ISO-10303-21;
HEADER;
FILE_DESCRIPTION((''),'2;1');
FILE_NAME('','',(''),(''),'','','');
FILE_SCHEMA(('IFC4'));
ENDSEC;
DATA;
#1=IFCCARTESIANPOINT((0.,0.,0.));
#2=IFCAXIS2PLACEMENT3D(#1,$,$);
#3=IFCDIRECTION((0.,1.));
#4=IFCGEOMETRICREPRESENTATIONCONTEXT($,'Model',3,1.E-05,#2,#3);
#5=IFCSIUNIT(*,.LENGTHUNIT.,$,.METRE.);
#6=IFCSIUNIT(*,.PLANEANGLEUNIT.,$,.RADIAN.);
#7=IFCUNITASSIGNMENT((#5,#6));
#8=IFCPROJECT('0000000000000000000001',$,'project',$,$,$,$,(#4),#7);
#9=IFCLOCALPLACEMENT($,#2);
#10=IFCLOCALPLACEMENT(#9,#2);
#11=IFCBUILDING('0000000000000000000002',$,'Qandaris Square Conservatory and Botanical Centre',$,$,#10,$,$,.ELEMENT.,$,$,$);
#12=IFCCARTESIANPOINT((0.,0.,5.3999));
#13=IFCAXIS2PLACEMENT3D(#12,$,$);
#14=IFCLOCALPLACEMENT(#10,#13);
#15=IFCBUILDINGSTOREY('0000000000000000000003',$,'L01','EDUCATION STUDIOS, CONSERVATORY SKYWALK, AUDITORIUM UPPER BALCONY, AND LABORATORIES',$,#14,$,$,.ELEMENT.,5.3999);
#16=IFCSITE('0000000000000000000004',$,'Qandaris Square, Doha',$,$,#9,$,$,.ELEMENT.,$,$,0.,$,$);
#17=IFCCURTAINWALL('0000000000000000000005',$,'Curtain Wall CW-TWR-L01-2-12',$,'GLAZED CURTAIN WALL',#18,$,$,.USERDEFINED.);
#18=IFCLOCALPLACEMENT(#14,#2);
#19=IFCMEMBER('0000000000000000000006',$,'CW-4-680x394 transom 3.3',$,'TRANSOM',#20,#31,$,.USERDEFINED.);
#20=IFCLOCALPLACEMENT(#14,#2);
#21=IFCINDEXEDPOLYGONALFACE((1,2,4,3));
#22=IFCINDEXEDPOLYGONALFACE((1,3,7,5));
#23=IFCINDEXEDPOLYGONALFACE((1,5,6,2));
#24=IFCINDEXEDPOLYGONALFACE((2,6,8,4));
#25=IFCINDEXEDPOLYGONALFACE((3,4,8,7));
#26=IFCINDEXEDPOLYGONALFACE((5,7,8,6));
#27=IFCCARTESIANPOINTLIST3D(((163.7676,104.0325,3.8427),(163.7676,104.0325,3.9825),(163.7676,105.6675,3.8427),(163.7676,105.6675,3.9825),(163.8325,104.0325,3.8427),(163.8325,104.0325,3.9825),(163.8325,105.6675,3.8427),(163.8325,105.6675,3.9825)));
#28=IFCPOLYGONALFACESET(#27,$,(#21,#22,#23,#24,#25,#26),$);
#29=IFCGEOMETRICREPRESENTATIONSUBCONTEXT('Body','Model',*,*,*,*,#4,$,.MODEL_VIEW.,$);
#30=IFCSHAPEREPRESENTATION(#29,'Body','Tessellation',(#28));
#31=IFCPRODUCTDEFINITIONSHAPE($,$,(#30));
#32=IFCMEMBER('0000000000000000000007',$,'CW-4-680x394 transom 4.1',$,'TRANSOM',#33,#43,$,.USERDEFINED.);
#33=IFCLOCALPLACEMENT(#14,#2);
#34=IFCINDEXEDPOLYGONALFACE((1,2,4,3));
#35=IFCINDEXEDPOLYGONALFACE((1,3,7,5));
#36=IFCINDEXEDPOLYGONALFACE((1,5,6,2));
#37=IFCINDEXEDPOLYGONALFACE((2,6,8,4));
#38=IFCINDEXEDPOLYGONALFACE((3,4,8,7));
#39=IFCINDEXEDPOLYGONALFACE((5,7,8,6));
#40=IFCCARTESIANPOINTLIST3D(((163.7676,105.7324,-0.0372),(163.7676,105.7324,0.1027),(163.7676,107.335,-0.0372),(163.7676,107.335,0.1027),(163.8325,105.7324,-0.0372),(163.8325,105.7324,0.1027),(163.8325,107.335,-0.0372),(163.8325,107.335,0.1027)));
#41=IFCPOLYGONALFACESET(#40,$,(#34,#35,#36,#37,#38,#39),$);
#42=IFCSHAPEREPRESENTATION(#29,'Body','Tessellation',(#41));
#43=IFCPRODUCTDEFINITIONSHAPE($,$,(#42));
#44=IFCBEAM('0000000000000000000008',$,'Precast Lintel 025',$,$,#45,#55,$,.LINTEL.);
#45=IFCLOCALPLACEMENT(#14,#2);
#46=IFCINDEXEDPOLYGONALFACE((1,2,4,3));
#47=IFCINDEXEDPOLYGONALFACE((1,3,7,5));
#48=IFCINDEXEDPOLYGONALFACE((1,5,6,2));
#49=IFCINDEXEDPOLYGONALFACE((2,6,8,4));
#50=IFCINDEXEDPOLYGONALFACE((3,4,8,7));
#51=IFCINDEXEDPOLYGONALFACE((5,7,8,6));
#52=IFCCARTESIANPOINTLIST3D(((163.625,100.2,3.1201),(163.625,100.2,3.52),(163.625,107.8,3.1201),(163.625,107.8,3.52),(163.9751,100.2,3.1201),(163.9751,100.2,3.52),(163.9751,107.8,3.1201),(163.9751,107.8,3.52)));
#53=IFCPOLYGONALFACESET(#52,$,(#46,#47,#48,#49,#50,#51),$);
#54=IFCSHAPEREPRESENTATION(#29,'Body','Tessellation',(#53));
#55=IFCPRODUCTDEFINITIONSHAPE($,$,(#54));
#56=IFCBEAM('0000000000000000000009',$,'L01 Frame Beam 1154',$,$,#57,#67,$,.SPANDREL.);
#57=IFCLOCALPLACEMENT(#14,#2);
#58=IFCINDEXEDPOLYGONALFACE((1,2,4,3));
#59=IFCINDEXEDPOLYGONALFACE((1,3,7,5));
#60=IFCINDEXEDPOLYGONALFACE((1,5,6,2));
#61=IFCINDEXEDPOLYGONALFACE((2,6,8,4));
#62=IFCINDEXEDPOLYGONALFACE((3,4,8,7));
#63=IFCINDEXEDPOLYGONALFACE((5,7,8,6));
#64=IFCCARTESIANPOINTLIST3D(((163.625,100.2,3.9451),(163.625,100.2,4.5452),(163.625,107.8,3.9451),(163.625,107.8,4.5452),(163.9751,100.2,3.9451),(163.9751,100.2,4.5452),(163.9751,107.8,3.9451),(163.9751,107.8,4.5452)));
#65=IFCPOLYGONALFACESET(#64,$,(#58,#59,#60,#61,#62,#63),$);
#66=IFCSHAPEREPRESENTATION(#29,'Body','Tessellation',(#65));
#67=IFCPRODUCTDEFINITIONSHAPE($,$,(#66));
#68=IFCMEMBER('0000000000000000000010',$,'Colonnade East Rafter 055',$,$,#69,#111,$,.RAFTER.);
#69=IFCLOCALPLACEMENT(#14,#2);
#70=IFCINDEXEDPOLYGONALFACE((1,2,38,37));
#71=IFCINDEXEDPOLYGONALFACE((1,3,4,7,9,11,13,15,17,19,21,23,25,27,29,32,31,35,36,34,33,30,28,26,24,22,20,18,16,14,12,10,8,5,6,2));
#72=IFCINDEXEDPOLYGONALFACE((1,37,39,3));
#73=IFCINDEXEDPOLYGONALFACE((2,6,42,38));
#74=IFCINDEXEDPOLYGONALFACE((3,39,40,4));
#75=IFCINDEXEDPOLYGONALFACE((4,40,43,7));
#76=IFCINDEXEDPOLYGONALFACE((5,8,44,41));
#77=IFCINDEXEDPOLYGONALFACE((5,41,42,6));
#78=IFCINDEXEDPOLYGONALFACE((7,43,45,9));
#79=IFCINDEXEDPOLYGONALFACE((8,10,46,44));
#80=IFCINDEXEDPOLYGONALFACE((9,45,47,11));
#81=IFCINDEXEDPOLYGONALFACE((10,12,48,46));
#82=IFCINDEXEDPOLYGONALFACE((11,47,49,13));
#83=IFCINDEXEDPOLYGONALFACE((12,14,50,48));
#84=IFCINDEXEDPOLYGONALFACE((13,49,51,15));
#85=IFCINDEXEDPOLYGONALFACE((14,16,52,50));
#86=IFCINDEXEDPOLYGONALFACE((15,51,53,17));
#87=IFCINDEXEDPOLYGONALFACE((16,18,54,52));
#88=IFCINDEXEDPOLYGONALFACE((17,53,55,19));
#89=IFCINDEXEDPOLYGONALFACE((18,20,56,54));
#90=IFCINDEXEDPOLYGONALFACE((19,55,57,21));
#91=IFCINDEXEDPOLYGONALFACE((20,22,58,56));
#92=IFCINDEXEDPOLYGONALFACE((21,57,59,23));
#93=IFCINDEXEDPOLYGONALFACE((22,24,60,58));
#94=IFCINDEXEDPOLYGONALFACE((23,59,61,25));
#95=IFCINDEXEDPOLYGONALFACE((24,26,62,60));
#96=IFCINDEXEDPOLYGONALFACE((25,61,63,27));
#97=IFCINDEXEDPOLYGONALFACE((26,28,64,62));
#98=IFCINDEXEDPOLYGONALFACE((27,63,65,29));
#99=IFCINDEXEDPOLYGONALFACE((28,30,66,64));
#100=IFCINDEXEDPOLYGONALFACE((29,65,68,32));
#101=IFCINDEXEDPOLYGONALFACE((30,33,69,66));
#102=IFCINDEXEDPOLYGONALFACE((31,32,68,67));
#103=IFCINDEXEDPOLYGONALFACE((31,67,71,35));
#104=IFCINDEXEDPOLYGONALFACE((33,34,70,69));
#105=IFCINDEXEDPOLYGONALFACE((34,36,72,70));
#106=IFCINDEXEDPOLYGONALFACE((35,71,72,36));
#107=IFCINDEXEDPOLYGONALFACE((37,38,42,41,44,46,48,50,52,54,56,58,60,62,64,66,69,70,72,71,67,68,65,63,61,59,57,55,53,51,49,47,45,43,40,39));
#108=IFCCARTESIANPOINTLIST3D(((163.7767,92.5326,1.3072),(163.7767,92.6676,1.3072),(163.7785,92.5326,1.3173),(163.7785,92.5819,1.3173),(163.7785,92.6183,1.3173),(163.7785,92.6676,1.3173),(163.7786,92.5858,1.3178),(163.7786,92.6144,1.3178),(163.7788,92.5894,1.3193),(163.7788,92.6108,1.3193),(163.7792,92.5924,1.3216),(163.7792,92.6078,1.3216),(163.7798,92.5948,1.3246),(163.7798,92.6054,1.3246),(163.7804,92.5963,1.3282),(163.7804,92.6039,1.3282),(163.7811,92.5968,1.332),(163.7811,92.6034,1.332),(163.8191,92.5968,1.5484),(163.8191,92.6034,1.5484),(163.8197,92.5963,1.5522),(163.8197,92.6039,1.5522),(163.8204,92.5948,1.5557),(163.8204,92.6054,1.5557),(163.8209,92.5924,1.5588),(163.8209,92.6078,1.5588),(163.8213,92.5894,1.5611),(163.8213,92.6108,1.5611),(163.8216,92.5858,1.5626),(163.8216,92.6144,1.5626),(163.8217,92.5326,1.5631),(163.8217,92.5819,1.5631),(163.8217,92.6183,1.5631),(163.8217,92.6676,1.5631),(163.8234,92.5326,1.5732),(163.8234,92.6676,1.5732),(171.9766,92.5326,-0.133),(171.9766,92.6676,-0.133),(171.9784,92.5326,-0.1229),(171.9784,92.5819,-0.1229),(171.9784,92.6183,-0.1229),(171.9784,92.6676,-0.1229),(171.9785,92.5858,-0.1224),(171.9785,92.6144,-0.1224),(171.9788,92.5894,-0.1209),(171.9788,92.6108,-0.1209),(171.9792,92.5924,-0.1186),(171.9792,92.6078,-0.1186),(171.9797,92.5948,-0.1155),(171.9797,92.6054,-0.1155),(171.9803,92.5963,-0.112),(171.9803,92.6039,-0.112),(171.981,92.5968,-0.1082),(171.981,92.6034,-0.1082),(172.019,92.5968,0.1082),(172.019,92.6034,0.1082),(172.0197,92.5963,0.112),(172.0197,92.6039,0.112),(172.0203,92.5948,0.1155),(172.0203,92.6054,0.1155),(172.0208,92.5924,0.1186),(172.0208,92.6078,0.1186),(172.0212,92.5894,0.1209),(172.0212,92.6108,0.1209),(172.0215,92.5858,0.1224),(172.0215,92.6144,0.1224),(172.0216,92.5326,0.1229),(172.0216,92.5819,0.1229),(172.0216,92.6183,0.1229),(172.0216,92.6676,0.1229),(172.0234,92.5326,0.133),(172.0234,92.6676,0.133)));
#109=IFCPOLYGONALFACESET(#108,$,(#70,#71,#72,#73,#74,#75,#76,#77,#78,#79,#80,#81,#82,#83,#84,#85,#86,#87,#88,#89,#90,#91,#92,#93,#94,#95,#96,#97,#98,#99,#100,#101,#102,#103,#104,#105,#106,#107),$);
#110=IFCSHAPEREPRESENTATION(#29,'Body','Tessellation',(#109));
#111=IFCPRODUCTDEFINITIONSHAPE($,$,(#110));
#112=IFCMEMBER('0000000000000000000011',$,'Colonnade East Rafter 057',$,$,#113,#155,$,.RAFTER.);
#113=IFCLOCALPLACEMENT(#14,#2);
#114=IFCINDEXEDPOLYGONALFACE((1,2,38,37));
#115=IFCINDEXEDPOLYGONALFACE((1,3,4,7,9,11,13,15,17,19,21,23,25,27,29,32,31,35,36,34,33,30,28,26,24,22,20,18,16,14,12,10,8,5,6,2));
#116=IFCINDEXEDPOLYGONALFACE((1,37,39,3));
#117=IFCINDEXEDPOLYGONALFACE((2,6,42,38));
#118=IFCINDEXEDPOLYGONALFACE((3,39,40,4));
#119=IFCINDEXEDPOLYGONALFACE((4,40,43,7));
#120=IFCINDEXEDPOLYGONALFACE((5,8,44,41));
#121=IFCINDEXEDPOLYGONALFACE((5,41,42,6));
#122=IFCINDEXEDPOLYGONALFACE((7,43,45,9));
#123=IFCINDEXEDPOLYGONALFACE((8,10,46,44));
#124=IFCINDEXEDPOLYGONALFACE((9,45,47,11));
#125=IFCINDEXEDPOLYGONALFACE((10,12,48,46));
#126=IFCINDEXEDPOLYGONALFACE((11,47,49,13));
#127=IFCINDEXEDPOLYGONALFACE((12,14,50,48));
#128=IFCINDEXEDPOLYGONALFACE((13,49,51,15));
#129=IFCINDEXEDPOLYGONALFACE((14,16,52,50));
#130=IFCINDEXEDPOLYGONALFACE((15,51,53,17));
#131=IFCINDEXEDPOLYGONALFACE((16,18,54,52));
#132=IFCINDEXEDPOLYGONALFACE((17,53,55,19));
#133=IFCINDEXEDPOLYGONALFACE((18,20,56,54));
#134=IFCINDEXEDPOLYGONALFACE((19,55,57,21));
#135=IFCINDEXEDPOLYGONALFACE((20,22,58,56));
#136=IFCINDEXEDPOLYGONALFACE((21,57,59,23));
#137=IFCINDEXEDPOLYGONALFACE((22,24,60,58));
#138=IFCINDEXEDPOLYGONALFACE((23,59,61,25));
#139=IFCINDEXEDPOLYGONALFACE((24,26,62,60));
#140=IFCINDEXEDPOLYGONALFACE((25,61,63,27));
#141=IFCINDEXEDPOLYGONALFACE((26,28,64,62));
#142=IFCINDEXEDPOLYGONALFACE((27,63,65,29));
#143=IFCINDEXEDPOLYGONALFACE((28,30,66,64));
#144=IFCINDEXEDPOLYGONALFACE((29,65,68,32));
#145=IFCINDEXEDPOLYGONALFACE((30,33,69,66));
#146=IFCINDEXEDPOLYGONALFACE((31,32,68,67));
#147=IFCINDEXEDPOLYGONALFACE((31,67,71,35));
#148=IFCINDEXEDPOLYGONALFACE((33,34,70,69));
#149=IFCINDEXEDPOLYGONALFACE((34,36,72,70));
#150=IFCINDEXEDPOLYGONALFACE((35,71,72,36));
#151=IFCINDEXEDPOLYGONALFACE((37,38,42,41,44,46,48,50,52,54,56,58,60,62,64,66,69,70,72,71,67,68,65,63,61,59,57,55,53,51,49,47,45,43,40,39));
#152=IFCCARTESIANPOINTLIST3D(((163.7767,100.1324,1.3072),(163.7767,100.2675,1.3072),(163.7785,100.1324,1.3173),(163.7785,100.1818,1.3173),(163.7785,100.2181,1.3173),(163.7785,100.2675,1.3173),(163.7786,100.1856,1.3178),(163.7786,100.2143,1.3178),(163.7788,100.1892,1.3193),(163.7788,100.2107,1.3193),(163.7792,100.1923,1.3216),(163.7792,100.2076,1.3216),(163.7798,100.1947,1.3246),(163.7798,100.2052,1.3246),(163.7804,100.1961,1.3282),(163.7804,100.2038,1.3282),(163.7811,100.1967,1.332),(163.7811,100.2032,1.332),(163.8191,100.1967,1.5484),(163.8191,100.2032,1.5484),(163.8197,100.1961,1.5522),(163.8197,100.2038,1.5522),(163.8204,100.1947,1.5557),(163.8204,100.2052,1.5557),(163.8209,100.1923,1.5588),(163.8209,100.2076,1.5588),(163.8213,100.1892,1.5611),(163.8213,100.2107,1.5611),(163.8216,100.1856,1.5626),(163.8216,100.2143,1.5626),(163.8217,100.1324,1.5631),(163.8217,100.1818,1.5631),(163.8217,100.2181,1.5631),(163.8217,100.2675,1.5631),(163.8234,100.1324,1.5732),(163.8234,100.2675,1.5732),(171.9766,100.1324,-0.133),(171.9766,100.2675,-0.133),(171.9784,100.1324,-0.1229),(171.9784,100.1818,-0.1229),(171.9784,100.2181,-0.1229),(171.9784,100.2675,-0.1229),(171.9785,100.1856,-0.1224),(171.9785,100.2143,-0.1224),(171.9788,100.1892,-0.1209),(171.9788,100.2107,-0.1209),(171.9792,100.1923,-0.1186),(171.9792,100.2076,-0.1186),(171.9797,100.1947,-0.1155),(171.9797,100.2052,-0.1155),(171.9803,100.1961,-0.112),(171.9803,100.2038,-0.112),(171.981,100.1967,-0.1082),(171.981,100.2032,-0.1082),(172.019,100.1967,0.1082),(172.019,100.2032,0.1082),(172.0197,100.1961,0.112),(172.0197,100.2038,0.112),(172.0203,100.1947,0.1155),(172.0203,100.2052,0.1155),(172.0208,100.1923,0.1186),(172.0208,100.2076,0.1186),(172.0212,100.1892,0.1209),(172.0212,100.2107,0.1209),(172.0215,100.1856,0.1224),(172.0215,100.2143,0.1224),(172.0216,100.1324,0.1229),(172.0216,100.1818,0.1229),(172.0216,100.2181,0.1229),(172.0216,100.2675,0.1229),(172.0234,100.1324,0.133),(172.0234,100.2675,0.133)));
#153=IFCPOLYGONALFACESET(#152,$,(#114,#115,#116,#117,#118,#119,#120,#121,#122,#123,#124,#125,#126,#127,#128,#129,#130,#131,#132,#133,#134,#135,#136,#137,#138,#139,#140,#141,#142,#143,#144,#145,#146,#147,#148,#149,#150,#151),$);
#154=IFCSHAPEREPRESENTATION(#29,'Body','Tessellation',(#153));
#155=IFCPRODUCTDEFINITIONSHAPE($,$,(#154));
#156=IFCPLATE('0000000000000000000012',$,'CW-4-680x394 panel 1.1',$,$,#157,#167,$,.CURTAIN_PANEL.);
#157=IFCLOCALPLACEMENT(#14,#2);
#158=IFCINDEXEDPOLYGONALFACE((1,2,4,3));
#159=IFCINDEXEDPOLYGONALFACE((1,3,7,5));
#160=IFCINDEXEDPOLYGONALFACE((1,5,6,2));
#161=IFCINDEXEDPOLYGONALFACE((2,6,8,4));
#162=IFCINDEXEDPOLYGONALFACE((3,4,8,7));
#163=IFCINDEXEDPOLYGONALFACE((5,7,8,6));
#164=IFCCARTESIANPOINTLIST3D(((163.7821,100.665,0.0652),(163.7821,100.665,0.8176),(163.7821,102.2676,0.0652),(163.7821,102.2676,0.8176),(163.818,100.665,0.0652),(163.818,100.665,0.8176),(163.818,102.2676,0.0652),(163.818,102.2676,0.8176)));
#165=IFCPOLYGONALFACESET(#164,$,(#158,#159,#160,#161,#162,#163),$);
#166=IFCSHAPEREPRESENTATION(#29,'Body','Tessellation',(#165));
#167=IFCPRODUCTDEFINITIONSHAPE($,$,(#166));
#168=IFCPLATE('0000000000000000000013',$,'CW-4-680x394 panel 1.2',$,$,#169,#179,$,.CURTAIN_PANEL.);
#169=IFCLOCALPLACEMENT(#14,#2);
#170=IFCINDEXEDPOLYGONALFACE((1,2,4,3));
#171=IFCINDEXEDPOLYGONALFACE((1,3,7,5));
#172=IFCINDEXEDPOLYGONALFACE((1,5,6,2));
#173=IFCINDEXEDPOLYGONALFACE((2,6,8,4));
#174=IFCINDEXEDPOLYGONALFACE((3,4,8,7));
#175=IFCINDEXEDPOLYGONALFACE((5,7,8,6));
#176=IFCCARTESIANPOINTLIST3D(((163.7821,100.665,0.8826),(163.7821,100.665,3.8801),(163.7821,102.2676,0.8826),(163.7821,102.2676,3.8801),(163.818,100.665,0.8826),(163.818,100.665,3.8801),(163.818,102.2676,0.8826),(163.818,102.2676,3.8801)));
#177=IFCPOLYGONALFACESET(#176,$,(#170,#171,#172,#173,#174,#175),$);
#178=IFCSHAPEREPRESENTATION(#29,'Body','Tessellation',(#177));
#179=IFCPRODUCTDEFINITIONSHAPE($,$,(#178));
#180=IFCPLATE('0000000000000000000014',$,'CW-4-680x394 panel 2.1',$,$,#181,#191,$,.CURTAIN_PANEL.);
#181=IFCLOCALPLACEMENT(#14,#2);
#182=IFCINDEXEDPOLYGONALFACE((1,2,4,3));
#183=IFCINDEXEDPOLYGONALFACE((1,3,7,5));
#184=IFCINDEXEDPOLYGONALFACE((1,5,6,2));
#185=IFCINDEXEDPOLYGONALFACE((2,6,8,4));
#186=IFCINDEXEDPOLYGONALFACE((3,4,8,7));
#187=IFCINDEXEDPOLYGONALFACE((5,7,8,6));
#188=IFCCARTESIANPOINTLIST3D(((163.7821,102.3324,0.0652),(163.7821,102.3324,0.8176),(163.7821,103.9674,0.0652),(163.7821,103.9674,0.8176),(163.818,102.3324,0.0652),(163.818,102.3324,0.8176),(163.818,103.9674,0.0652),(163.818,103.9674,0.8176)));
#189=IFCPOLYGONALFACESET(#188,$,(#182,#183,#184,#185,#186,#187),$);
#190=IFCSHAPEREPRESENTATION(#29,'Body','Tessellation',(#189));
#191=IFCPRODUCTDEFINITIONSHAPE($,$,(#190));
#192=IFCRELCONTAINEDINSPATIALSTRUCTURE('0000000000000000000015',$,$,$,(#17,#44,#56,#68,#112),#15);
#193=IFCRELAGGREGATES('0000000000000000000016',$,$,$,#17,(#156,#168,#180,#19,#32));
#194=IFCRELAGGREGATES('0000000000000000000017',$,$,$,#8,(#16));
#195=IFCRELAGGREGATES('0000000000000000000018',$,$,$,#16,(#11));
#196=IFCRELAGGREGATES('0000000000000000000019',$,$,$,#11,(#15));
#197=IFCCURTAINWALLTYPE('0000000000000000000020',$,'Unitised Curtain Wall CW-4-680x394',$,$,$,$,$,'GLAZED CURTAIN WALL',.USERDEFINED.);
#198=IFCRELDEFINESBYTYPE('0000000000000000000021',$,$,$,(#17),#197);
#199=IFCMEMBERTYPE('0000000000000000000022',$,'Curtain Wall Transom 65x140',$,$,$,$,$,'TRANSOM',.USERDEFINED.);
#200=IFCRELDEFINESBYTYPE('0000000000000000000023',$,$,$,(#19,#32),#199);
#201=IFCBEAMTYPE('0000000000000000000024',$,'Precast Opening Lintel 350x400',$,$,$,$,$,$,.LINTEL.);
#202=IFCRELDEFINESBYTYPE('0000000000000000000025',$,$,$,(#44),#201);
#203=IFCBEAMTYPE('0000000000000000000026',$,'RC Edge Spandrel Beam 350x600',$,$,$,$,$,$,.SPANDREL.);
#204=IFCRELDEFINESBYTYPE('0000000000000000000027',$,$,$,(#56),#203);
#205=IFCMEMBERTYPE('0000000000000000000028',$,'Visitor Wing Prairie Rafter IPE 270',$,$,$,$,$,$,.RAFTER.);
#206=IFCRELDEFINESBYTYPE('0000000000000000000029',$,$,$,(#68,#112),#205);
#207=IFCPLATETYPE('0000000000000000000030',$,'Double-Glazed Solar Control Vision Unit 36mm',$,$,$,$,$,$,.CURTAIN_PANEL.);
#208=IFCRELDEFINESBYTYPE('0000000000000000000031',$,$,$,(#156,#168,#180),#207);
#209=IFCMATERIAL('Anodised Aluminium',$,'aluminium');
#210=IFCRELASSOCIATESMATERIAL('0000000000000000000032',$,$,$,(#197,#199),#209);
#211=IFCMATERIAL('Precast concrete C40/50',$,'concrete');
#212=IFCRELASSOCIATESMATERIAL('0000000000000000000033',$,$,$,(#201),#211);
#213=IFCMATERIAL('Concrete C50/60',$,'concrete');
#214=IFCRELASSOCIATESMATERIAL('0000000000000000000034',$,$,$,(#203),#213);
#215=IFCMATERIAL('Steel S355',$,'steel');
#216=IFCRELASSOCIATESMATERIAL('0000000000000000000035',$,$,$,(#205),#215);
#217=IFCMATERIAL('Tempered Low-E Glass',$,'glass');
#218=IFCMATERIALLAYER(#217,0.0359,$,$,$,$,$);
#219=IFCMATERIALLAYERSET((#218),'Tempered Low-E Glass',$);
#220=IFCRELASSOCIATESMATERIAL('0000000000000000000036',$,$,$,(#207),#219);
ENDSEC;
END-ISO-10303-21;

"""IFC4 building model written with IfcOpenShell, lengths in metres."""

from ifc_helpers import new_model, si_unit, direction, frame, origin, origin_2d, place, context, subcontext, project, spatial, rectangle, i_section, extrude, material, layer, layer_set, material_profile, profile_set, type_object, element, aggregate, save


model = new_model("IFC4")

# Units and contexts
model_context = context("Model", 3, precision=1e-05, world=origin(), true_north=direction((0.0, 1.0)))
body_context = subcontext(model_context, "Body", "Model", "MODEL_VIEW")
ifc_project = project(units=[si_unit("LENGTHUNIT", "METRE"), si_unit("PLANEANGLEUNIT", "RADIAN")], contexts=[model_context])

# Site, building, storey
site_placement = place(None, origin())
site = spatial("IfcSite", under=ifc_project, at=site_placement, Name="Qandaris Square, Doha", CompositionType="ELEMENT", RefElevation=0.0)
building_placement = place(site_placement, origin())
building = spatial("IfcBuilding", under=site, at=building_placement, Name="Qandaris Square Conservatory and Botanical Centre", CompositionType="ELEMENT")
storey_placement = place(building_placement, frame((0.0, 0.0, 5.3999)))
storey = spatial("IfcBuildingStorey", under=building, at=storey_placement, Name="L01", Description="EDUCATION STUDIOS, CONSERVATORY SKYWALK, AUDITORIUM UPPER BALCONY, AND LABORATORIES", CompositionType="ELEMENT", Elevation=5.3999)

# Shared definitions
ifc_material_1 = material(Name="Concrete C50/60", Category="concrete")

# Curtain wall, members
ifc_material_2 = material(Name="Anodised Aluminium", Category="aluminium")
curtain_wall_type = type_object("IfcCurtainWallType", Name="Unitised Curtain Wall CW-4-680x394", ElementType="GLAZED CURTAIN WALL", PredefinedType="USERDEFINED", material=ifc_material_2)
curtain_wall_placement = place(storey_placement, origin())
curtain_wall = element("IfcCurtainWall", 1, at=curtain_wall_placement, inside=storey, type_object=curtain_wall_type, Name="Curtain Wall CW-TWR-L01-2-12", ObjectType="GLAZED CURTAIN WALL", PredefinedType="USERDEFINED")
ifc_material_profile_1 = material_profile(ifc_material_2, rectangle(XDim=0.0649, YDim=0.1399, at=origin_2d()), Name="ALU-TRN 65x140")
ifc_profile_set_1 = profile_set([ifc_material_profile_1], Name="Anodised Aluminium")
member_type_1 = type_object("IfcMemberType", Name="Curtain Wall Transom 65x140", ElementType="TRANSOM", PredefinedType="USERDEFINED", material=ifc_profile_set_1)
member_1_placement = place(storey_placement, frame((163.8, 104.0325, 3.9126), z_axis=(0.0, 1.0, 0.0), x_axis=(-1.0, 0.0, 0.0)))
member_1 = element("IfcMember", 2, at=member_1_placement, type_object=member_type_1, Name="CW-4-680x394 transom 3.3", ObjectType="TRANSOM", PredefinedType="USERDEFINED", context=body_context, shape_type="SweptSolid", body=[
    extrude(rectangle(XDim=0.0649, YDim=0.1399, at=origin_2d()), origin(), (0.0, 0.0, 1.0), 1.635),
])
member_2_placement = place(storey_placement, frame((163.8, 105.7324, 0.0327), z_axis=(0.0, 1.0, 0.0), x_axis=(-1.0, 0.0, 0.0)))
member_2 = element("IfcMember", 3, at=member_2_placement, type_object=member_type_1, Name="CW-4-680x394 transom 4.1", ObjectType="TRANSOM", PredefinedType="USERDEFINED", context=body_context, shape_type="SweptSolid", body=[
    extrude(rectangle(XDim=0.0649, YDim=0.1399, at=origin_2d()), origin(), (0.0, 0.0, 1.0), 1.6025),
])

# Beams
ifc_material_3 = material(Name="Precast concrete C40/50", Category="concrete")
ifc_material_profile_2 = material_profile(ifc_material_3, rectangle(XDim=0.3501, YDim=0.3999, at=origin_2d()), Name="RC-LN 350x400")
ifc_profile_set_2 = profile_set([ifc_material_profile_2], Name="Precast concrete C40/50")
beam_type_1 = type_object("IfcBeamType", Name="Precast Opening Lintel 350x400", PredefinedType="LINTEL", material=ifc_profile_set_2)
beam_1_placement = place(storey_placement, frame((163.8, 100.2, 3.3201), z_axis=(0.0, 1.0, 0.0), x_axis=(-1.0, 0.0, 0.0)))
element("IfcBeam", 4, at=beam_1_placement, inside=storey, type_object=beam_type_1, Name="Precast Lintel 025", PredefinedType="LINTEL", context=body_context, shape_type="SweptSolid", body=[
    extrude(rectangle(XDim=0.3501, YDim=0.3999, at=origin_2d()), origin(), (0.0, 0.0, 1.0), 7.6001),
])
ifc_material_profile_3 = material_profile(ifc_material_1, rectangle(XDim=0.3501, YDim=0.6001, at=origin_2d()), Name="RC-SP 350x600")
ifc_profile_set_3 = profile_set([ifc_material_profile_3], Name="Concrete C50/60")
beam_type_2 = type_object("IfcBeamType", Name="RC Edge Spandrel Beam 350x600", PredefinedType="SPANDREL", material=ifc_profile_set_3)
beam_2_placement = place(storey_placement, frame((163.8, 100.2, 4.2451), z_axis=(0.0, 1.0, 0.0), x_axis=(-1.0, 0.0, 0.0)))
element("IfcBeam", 5, at=beam_2_placement, inside=storey, type_object=beam_type_2, Name="L01 Frame Beam 1154", PredefinedType="SPANDREL", context=body_context, shape_type="SweptSolid", body=[
    extrude(rectangle(XDim=0.3501, YDim=0.6001, at=origin_2d()), origin(), (0.0, 0.0, 1.0), 7.6001),
])

# Members
ifc_material_4 = material(Name="Steel S355", Category="steel")
ifc_material_profile_4 = material_profile(ifc_material_4, i_section(OverallWidth=0.135, OverallDepth=0.27, WebThickness=0.0066, FlangeThickness=0.0103, FilletRadius=0.0149, at=origin_2d()), Name="IPE 270")
ifc_profile_set_4 = profile_set([ifc_material_profile_4], Name="Steel S355")
member_type_2 = type_object("IfcMemberType", Name="Visitor Wing Prairie Rafter IPE 270", PredefinedType="RAFTER", material=ifc_profile_set_4)
for number, where, z_axis, x_axis, name in (
    (6, (172.0, 92.6001, 0.0), (-0.984924, 0.0, 0.172986), (0.0, -1.0, 0.0), "Colonnade East Rafter 055"),
    (7, (172.0, 100.2, 0.0), (-0.984924, 0.0, 0.172986), (0.0, -1.0, 0.0), "Colonnade East Rafter 057"),
):
    element("IfcMember", number, at=place(storey_placement, frame(where, z_axis=z_axis, x_axis=x_axis)), inside=storey, type_object=member_type_2, Name=name, PredefinedType="RAFTER", context=body_context, shape_type="SweptSolid", body=[
        extrude(i_section(OverallWidth=0.135, OverallDepth=0.27, WebThickness=0.0066, FlangeThickness=0.0103, FilletRadius=0.0149, at=origin_2d()), origin(), (0.0, 0.0, 1.0), 8.3254),
    ])

# Plates
ifc_material_5 = material(Name="Tempered Low-E Glass", Category="glass")
ifc_layer_1 = layer(ifc_material_5, 0.0359)
ifc_layer_set_1 = layer_set([ifc_layer_1], Name="Tempered Low-E Glass")
plate_type_1 = type_object("IfcPlateType", Name="Double-Glazed Solar Control Vision Unit 36mm", PredefinedType="CURTAIN_PANEL", material=ifc_layer_set_1)
plate_1_placement = place(storey_placement, frame((163.8, 101.4663, 0.0652), z_axis=(0.0, 0.0, 1.0), x_axis=(0.0, 1.0, 0.0)))
plate_1 = element("IfcPlate", 8, at=plate_1_placement, type_object=plate_type_1, Name="CW-4-680x394 panel 1.1", PredefinedType="CURTAIN_PANEL", context=body_context, shape_type="SweptSolid", body=[
    extrude(rectangle(XDim=1.6025, YDim=0.0359, at=origin_2d()), origin(), (0.0, 0.0, 1.0), 0.7524),
])
plate_2_placement = place(storey_placement, frame((163.8, 101.4663, 0.8826), z_axis=(0.0, 0.0, 1.0), x_axis=(0.0, 1.0, 0.0)))
plate_2 = element("IfcPlate", 9, at=plate_2_placement, type_object=plate_type_1, Name="CW-4-680x394 panel 1.2", PredefinedType="CURTAIN_PANEL", context=body_context, shape_type="SweptSolid", body=[
    extrude(rectangle(XDim=1.6025, YDim=0.0359, at=origin_2d()), origin(), (0.0, 0.0, 1.0), 2.9976),
])
plate_3_placement = place(storey_placement, frame((163.8, 103.1499, 0.0652), z_axis=(0.0, 0.0, 1.0), x_axis=(0.0, 1.0, 0.0)))
plate_3 = element("IfcPlate", 10, at=plate_3_placement, type_object=plate_type_1, Name="CW-4-680x394 panel 2.1", PredefinedType="CURTAIN_PANEL", context=body_context, shape_type="SweptSolid", body=[
    extrude(rectangle(XDim=1.635, YDim=0.0359, at=origin_2d()), origin(), (0.0, 0.0, 1.0), 0.7524),
])
aggregate(curtain_wall, [plate_1, plate_2, plate_3, member_1, member_2])

save(model, "model.ifc")
